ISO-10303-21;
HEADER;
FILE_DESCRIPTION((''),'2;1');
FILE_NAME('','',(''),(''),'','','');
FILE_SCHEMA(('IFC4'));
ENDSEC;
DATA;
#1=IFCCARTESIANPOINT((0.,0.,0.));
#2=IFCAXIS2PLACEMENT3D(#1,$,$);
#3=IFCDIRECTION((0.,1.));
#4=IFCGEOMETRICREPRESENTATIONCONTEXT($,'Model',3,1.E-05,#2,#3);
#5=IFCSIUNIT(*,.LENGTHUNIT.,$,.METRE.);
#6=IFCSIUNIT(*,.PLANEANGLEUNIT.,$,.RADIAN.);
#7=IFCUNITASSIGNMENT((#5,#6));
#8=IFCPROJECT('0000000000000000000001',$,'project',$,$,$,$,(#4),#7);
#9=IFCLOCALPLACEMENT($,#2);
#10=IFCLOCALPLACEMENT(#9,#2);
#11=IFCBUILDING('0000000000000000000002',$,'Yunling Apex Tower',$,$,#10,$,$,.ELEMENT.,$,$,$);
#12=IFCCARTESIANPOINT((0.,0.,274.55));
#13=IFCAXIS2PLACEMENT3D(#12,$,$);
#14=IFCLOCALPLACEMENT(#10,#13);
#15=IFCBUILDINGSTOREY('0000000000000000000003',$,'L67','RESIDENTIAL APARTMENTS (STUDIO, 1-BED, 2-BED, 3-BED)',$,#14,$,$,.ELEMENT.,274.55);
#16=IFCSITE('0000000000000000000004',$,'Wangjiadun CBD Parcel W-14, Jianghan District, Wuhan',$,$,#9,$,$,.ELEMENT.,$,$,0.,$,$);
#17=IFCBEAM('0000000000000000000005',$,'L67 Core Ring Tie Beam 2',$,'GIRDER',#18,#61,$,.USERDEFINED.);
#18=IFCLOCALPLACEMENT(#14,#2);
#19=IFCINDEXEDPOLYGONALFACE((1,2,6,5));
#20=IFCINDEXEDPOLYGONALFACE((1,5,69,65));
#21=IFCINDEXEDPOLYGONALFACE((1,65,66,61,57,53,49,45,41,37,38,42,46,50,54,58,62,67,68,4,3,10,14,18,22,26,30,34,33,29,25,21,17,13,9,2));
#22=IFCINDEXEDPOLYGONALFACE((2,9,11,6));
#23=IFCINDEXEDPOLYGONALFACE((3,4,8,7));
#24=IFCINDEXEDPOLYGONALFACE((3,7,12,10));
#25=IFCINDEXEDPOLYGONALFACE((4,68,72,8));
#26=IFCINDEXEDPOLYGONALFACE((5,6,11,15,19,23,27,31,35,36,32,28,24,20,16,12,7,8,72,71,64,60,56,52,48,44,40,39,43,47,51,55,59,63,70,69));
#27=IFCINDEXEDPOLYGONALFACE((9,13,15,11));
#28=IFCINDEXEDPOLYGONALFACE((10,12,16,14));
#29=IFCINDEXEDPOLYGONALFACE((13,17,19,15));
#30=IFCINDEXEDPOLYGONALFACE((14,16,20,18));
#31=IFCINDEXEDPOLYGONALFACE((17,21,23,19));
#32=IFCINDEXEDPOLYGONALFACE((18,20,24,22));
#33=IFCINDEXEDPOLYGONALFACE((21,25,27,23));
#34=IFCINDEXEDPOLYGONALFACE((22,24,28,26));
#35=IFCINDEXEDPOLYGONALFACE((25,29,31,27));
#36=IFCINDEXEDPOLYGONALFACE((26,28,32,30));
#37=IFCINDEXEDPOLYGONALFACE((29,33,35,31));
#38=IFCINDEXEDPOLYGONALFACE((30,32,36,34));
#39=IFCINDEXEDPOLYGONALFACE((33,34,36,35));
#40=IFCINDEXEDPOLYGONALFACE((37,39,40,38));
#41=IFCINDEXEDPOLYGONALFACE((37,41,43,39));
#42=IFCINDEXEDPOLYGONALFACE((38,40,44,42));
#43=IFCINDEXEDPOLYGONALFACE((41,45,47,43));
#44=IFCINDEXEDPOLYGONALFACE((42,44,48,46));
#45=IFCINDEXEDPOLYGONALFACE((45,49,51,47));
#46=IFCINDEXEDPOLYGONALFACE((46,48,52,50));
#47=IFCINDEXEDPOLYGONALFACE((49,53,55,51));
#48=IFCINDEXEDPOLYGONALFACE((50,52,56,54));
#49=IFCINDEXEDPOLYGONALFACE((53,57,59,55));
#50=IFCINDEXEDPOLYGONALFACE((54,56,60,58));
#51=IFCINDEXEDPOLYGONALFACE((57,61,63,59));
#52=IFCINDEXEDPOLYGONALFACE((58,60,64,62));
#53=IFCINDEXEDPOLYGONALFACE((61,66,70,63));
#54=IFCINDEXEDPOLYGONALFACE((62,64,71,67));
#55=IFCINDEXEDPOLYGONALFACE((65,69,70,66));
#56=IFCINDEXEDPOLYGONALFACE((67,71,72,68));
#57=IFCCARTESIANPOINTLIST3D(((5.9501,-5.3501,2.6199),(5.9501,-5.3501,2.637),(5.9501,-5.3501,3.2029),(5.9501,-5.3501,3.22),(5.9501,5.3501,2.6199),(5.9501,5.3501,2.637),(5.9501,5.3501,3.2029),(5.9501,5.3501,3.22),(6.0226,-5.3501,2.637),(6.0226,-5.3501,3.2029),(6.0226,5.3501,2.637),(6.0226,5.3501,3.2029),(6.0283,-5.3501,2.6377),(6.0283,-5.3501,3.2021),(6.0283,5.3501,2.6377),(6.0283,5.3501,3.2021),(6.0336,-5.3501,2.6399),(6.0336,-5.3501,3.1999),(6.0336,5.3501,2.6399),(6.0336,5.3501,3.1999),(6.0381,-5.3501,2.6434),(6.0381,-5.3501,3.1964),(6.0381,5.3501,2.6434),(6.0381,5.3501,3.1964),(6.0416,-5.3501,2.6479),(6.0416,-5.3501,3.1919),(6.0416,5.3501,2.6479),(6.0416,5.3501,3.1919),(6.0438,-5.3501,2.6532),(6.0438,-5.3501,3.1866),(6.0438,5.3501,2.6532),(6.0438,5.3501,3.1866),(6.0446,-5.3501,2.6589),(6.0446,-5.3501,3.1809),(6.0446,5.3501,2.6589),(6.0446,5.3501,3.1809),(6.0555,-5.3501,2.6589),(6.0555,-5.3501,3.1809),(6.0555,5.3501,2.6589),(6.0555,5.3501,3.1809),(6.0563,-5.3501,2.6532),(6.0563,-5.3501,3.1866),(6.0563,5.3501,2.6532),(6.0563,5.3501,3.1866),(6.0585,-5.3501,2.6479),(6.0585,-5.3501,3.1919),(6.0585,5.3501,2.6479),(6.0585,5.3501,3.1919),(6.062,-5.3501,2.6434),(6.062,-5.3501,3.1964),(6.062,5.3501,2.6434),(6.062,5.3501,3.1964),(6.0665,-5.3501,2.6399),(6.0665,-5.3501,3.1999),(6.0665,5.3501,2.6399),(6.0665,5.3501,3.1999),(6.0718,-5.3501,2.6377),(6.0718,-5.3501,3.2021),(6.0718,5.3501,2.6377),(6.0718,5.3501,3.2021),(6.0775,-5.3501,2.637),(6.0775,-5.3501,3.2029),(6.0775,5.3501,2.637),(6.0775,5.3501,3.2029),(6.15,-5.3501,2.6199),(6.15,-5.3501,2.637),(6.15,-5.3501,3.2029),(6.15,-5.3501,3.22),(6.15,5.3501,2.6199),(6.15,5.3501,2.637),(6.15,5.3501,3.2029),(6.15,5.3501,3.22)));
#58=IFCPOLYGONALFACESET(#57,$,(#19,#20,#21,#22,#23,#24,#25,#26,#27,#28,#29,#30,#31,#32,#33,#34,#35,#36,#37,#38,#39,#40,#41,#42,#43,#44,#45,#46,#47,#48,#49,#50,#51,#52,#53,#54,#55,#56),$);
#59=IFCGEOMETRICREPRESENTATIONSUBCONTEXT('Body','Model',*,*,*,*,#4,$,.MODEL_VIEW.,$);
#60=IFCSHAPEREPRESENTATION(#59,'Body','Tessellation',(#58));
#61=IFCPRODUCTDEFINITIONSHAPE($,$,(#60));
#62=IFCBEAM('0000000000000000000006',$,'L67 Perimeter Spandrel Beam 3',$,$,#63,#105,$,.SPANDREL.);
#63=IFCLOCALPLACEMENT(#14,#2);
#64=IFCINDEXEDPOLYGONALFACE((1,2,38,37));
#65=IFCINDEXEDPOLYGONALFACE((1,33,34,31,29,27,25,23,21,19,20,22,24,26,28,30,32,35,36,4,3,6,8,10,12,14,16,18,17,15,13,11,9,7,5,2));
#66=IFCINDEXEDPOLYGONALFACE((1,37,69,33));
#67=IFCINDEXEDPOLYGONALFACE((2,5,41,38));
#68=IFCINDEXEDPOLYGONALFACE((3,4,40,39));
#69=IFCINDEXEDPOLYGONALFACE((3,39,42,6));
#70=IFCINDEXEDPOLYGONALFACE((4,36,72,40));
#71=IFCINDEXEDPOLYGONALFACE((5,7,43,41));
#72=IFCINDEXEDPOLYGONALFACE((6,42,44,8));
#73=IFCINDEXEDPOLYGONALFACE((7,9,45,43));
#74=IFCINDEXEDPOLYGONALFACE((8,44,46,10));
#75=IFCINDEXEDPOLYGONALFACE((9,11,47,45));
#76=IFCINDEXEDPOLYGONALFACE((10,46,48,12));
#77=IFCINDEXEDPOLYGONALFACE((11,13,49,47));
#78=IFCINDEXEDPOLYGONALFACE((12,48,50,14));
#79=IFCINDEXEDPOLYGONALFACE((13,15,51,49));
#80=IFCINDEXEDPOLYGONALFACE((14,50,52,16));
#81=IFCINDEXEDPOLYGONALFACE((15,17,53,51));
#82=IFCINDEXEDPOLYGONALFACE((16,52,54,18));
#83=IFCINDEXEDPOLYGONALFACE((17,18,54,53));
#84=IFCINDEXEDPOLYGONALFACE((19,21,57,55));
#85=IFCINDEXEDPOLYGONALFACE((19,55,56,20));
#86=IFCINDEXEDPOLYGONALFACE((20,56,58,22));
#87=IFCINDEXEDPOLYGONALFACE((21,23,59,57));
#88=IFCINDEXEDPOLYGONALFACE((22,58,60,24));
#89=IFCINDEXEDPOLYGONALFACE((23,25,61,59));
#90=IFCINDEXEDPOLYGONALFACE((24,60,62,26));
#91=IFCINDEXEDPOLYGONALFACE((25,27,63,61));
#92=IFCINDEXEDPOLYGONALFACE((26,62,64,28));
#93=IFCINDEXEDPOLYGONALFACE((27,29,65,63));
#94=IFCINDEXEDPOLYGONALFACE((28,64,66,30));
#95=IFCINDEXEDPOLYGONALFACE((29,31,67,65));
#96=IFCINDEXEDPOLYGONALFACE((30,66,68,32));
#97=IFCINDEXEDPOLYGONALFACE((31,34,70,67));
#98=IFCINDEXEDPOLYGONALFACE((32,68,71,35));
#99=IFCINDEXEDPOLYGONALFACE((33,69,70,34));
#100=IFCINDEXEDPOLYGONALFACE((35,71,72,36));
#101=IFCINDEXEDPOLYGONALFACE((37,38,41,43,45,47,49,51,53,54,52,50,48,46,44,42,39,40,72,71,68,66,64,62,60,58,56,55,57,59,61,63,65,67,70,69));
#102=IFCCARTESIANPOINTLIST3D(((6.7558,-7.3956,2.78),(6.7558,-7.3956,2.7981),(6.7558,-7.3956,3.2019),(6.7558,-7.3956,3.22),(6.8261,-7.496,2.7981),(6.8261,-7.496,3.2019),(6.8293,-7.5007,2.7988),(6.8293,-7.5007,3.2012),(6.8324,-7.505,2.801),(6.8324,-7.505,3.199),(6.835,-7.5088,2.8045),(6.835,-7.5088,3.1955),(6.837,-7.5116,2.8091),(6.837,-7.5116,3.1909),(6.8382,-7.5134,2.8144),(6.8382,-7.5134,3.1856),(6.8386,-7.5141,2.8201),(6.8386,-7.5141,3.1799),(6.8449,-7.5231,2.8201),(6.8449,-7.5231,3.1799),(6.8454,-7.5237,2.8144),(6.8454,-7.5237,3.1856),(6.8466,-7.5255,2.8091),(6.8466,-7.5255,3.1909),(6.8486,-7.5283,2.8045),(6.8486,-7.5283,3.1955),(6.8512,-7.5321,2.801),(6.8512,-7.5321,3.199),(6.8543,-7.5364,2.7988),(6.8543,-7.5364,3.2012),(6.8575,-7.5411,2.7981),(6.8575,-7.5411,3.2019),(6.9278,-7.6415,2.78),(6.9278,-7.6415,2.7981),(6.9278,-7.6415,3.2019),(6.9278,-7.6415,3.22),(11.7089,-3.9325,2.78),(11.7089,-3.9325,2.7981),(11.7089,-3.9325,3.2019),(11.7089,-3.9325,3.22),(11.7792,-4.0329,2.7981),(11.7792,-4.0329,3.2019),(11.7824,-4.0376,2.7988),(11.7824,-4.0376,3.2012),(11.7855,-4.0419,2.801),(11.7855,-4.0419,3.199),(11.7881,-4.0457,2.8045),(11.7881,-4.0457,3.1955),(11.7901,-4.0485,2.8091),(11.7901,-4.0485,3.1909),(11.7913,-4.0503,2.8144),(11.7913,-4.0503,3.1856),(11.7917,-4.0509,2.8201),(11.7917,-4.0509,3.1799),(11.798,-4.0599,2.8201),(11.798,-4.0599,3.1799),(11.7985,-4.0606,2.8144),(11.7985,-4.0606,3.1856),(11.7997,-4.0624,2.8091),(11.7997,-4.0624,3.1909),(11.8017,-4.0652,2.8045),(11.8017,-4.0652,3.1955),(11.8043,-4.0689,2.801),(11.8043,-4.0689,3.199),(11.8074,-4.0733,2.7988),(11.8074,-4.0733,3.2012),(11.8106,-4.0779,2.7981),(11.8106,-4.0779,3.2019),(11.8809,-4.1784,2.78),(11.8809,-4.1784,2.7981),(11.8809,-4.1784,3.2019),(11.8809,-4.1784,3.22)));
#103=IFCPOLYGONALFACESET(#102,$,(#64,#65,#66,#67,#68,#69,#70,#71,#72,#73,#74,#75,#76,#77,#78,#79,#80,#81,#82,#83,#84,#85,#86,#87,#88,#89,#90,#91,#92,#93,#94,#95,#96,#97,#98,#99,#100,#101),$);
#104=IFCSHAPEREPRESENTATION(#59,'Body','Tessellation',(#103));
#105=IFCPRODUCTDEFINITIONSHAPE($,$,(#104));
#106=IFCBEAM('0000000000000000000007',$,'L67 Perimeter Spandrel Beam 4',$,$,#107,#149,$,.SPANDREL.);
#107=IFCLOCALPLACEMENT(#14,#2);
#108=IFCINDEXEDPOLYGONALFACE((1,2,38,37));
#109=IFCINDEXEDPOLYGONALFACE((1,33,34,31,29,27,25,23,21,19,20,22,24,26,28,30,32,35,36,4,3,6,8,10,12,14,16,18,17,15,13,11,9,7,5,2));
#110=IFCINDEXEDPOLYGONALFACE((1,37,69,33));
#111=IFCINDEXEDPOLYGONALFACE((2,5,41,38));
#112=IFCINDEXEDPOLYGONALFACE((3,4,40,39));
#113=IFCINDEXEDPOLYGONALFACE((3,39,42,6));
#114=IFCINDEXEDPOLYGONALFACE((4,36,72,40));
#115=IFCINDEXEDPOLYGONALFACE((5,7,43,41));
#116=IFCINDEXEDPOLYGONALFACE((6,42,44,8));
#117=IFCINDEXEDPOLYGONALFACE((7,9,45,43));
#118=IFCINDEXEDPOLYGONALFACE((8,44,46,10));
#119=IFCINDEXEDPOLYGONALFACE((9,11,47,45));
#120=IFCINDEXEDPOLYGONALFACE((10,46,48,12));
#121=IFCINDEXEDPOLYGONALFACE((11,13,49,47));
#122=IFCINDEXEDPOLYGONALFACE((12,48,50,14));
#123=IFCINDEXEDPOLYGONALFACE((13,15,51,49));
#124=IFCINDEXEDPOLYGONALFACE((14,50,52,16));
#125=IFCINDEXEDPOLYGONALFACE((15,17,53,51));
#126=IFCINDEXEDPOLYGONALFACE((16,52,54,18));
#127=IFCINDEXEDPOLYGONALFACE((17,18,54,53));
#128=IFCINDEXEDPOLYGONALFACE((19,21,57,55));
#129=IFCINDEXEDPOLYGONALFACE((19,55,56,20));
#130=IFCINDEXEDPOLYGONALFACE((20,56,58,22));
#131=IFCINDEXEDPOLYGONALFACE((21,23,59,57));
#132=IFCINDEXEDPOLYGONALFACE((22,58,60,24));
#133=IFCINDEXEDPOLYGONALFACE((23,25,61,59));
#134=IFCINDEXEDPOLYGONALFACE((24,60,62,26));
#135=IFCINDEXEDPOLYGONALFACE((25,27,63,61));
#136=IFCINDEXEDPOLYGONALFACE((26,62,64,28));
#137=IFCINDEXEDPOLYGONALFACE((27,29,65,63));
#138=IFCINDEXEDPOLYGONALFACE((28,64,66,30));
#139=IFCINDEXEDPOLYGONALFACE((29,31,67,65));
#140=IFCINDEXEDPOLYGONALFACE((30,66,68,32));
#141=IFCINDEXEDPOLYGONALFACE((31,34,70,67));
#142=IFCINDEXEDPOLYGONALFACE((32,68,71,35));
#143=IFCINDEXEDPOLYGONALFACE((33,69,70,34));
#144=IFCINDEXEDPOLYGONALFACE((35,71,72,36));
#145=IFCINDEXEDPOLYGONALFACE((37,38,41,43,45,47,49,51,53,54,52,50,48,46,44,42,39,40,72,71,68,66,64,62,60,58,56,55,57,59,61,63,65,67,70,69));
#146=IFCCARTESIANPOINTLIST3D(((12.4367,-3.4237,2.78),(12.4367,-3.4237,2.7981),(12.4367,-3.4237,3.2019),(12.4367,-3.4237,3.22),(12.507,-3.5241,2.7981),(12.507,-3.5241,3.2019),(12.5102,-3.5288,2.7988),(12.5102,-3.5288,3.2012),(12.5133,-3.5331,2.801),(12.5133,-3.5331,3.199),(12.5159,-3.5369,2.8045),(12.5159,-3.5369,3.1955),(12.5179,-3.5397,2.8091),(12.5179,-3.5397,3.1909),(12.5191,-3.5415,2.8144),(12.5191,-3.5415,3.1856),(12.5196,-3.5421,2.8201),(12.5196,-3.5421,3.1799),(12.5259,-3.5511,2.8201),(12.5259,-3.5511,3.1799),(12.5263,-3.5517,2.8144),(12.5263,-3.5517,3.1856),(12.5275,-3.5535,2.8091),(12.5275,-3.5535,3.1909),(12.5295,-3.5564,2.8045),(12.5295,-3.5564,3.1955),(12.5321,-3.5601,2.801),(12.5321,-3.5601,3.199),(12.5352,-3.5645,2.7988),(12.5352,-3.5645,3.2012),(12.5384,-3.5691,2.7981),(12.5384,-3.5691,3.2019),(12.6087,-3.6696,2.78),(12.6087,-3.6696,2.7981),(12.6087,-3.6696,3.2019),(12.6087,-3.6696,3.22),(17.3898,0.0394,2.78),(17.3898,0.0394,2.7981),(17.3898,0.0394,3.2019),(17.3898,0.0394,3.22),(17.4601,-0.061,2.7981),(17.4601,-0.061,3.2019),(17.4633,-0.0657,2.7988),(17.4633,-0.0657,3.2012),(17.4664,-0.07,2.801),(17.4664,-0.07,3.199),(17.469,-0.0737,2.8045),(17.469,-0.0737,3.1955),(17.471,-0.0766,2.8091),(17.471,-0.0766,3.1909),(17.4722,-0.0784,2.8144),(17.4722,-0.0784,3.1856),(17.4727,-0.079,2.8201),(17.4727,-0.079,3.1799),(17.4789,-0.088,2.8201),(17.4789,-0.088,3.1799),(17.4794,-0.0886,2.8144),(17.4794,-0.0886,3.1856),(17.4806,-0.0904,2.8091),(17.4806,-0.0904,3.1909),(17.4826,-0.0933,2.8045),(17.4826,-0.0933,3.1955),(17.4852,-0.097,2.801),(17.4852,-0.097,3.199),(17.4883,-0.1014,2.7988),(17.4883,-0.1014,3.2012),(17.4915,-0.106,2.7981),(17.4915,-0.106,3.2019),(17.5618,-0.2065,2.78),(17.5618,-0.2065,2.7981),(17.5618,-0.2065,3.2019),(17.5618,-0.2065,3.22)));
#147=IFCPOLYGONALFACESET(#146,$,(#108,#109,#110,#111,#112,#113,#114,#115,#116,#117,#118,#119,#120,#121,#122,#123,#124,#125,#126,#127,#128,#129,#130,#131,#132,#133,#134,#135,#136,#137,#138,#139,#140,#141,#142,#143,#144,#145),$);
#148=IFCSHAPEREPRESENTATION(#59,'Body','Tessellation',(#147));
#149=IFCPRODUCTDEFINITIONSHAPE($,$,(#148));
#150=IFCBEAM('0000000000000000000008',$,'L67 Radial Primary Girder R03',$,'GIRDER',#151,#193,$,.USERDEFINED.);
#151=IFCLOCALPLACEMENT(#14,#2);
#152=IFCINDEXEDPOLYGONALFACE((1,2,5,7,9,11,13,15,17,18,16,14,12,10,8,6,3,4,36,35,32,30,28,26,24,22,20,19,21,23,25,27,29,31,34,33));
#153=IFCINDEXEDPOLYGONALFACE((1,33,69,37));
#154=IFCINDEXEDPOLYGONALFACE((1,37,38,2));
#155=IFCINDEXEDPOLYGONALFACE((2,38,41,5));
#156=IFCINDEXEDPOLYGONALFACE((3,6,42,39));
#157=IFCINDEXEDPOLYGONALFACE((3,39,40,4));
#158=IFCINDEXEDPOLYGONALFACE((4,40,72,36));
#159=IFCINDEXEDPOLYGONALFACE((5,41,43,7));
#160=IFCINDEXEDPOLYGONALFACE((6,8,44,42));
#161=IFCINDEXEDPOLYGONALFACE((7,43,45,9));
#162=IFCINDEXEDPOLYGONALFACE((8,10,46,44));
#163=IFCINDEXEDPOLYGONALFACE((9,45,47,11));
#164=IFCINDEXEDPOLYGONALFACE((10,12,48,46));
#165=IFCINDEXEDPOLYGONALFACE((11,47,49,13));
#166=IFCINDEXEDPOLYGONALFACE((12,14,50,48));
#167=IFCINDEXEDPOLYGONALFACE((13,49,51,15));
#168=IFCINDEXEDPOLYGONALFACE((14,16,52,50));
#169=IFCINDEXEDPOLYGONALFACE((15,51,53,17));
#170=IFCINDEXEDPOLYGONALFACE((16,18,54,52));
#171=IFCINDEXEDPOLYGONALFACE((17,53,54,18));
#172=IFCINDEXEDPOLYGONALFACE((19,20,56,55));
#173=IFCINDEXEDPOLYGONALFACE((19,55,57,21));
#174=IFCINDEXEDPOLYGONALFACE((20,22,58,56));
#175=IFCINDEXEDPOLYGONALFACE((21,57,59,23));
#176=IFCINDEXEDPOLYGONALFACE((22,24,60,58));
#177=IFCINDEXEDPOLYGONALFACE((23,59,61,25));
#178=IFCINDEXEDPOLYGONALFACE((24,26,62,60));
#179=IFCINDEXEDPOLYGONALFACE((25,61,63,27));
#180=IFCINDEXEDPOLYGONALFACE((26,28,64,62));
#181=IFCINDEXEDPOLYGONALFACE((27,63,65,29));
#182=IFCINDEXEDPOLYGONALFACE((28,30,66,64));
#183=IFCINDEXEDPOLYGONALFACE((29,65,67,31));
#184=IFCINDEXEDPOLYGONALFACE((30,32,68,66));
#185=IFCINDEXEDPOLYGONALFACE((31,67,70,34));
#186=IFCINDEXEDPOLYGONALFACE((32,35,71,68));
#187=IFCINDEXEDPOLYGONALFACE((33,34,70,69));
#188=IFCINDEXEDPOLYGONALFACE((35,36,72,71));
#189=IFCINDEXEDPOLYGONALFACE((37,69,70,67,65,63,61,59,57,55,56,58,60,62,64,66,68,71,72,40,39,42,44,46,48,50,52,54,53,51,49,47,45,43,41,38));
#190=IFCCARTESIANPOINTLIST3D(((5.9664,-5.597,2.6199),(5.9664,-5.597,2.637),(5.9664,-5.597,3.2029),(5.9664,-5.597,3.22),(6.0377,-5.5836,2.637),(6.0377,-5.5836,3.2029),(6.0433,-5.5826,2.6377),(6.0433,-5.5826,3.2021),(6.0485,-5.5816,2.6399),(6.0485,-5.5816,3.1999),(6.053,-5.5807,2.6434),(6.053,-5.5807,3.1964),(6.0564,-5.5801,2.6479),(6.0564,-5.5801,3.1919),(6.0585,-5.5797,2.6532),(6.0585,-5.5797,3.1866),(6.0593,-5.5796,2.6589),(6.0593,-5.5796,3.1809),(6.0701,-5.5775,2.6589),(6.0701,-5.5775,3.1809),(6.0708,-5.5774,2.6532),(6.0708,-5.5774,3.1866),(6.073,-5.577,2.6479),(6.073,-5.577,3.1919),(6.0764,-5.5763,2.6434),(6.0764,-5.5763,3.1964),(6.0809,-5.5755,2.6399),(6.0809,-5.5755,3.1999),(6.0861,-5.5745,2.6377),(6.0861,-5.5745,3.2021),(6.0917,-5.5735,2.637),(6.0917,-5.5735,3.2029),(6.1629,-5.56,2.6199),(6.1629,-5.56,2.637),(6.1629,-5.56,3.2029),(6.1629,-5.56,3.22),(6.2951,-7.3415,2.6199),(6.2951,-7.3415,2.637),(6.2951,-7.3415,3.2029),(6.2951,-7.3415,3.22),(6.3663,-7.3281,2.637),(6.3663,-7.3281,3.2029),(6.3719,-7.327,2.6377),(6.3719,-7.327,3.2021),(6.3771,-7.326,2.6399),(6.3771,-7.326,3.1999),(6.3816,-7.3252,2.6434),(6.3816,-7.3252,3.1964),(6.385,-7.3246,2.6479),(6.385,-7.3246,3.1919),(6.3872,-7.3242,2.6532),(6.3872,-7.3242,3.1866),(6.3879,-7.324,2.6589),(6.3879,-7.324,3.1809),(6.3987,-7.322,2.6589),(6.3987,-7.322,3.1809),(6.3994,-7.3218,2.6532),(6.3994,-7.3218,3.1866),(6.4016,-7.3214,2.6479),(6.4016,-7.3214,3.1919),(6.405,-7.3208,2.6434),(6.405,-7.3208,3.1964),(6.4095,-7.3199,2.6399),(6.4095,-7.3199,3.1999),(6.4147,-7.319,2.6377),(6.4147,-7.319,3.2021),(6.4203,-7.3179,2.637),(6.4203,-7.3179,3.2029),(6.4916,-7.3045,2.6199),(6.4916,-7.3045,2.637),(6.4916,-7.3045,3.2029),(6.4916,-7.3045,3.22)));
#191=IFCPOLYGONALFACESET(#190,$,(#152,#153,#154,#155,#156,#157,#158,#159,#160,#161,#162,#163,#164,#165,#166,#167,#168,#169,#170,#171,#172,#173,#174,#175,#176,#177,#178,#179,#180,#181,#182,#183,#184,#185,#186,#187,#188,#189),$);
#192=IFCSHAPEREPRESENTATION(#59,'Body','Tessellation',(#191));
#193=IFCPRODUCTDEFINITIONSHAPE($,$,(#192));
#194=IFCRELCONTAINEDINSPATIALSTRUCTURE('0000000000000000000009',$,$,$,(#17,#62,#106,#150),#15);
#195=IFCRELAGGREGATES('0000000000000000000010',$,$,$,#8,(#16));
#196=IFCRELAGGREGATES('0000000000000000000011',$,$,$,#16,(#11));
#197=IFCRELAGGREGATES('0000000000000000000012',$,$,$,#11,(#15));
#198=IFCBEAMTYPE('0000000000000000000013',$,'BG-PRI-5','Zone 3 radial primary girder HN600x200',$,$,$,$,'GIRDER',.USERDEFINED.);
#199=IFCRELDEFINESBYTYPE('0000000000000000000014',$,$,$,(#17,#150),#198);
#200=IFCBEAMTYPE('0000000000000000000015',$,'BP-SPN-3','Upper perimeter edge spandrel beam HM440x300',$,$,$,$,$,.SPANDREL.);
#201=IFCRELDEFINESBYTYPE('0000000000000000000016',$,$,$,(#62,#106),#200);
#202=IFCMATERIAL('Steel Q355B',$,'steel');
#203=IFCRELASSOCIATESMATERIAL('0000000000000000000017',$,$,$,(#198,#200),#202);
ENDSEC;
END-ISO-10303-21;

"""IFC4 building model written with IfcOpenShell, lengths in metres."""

from ifc_helpers import new_model, si_unit, direction, frame, origin, origin_2d, place, context, subcontext, project, spatial, i_section, extrude, source, transform, mapped, material, material_profile, profile_set, type_object, element, save


model = new_model("IFC4")

# Units and contexts
model_context = context("Model", 3, precision=1e-05, world=origin(), true_north=direction((0.0, 1.0)))
body_context = subcontext(model_context, "Body", "Model", "MODEL_VIEW")
ifc_project = project(units=[si_unit("LENGTHUNIT", "METRE"), si_unit("PLANEANGLEUNIT", "RADIAN")], contexts=[model_context])

# Site, building, storey
site_placement = place(None, origin())
site = spatial("IfcSite", under=ifc_project, at=site_placement, Name="Wangjiadun CBD Parcel W-14, Jianghan District, Wuhan", CompositionType="ELEMENT", RefElevation=0.0)
building_placement = place(site_placement, origin())
building = spatial("IfcBuilding", under=site, at=building_placement, Name="Yunling Apex Tower", CompositionType="ELEMENT")
storey_placement = place(building_placement, frame((0.0, 0.0, 274.55)))
storey = spatial("IfcBuildingStorey", under=building, at=storey_placement, Name="L67", Description="RESIDENTIAL APARTMENTS (STUDIO, 1-BED, 2-BED, 3-BED)", CompositionType="ELEMENT", Elevation=274.55)

# Shared definitions
ifc_material_1 = material(Name="Steel Q355B", Category="steel")

# Beams
ifc_material_profile_1 = material_profile(ifc_material_1, i_section(OverallWidth=0.2, OverallDepth=0.6001, WebThickness=0.011, FlangeThickness=0.0171, FilletRadius=0.022, at=origin_2d()))
ifc_profile_set_1 = profile_set([ifc_material_profile_1], Name="Steel Q355B")
beam_type_1 = type_object("IfcBeamType", Name="BG-PRI-5", Description="Zone 3 radial primary girder HN600x200", ElementType="GIRDER", PredefinedType="USERDEFINED", material=ifc_profile_set_1)
shared_shape_1 = source(origin(), body_context, "Body", "SweptSolid", [
    extrude(i_section(OverallWidth=0.2, OverallDepth=0.6001, WebThickness=0.011, FlangeThickness=0.0171, FilletRadius=0.022, at=origin_2d()), origin(), (0.0, 0.0, 1.0), 10.7002),
])
beam_1_placement = place(storey_placement, frame((6.05, -5.3501, 2.9199), z_axis=(0.0, 1.0, 0.0), x_axis=(-1.0, 0.0, 0.0)))
element("IfcBeam", 1, at=beam_1_placement, inside=storey, type_object=beam_type_1, Name="L67 Core Ring Tie Beam 2", ObjectType="GIRDER", PredefinedType="USERDEFINED", context=body_context, shape_type="MappedRepresentation", body=[
    mapped(shared_shape_1, transform((0.0, 0.0, 0.0), scale=1.0)),
])
ifc_material_profile_2 = material_profile(ifc_material_1, i_section(OverallWidth=0.3, OverallDepth=0.4399, WebThickness=0.011, FlangeThickness=0.0181, FilletRadius=0.022, at=origin_2d()))
ifc_profile_set_2 = profile_set([ifc_material_profile_2], Name="Steel Q355B")
beam_type_2 = type_object("IfcBeamType", Name="BP-SPN-3", Description="Upper perimeter edge spandrel beam HM440x300", PredefinedType="SPANDREL", material=ifc_profile_set_2)
shared_shape_2 = source(origin(), body_context, "Body", "SweptSolid", [
    extrude(i_section(OverallWidth=0.3, OverallDepth=0.4399, WebThickness=0.011, FlangeThickness=0.0181, FilletRadius=0.022, at=origin_2d()), origin(), (0.0, 0.0, 1.0), 6.0437),
])
for number, where, z_axis, x_axis, name in (
    (2, (6.8418, -7.5186, 3.0), (0.819547, 0.573012, 0.0), (-0.573012, 0.819547, 0.0), "L67 Perimeter Spandrel Beam 3"),
    (3, (12.5227, -3.5466, 3.0), (0.819547, 0.573012, 0.0), (-0.573012, 0.819547, 0.0), "L67 Perimeter Spandrel Beam 4"),
):
    element("IfcBeam", number, at=place(storey_placement, frame(where, z_axis=z_axis, x_axis=x_axis)), inside=storey, type_object=beam_type_2, Name=name, PredefinedType="SPANDREL", context=body_context, shape_type="MappedRepresentation", body=[
        mapped(shared_shape_2, transform((0.0, 0.0, 0.0), scale=1.0)),
    ])
shared_shape_3 = source(origin(), body_context, "Body", "SweptSolid", [
    extrude(i_section(OverallWidth=0.2, OverallDepth=0.6001, WebThickness=0.011, FlangeThickness=0.0171, FilletRadius=0.022, at=origin_2d()), origin(), (0.0, 0.0, 1.0), 1.7751),
])
beam_2_placement = place(storey_placement, frame((6.3933, -7.323, 2.9199), z_axis=(-0.185127, 0.982715, 0.0), x_axis=(-0.982715, -0.185127, 0.0)))
element("IfcBeam", 4, at=beam_2_placement, inside=storey, type_object=beam_type_1, Name="L67 Radial Primary Girder R03", ObjectType="GIRDER", PredefinedType="USERDEFINED", context=body_context, shape_type="MappedRepresentation", body=[
    mapped(shared_shape_3, transform((0.0, 0.0, 0.0), scale=1.0)),
])

save(model, "model.ifc")
